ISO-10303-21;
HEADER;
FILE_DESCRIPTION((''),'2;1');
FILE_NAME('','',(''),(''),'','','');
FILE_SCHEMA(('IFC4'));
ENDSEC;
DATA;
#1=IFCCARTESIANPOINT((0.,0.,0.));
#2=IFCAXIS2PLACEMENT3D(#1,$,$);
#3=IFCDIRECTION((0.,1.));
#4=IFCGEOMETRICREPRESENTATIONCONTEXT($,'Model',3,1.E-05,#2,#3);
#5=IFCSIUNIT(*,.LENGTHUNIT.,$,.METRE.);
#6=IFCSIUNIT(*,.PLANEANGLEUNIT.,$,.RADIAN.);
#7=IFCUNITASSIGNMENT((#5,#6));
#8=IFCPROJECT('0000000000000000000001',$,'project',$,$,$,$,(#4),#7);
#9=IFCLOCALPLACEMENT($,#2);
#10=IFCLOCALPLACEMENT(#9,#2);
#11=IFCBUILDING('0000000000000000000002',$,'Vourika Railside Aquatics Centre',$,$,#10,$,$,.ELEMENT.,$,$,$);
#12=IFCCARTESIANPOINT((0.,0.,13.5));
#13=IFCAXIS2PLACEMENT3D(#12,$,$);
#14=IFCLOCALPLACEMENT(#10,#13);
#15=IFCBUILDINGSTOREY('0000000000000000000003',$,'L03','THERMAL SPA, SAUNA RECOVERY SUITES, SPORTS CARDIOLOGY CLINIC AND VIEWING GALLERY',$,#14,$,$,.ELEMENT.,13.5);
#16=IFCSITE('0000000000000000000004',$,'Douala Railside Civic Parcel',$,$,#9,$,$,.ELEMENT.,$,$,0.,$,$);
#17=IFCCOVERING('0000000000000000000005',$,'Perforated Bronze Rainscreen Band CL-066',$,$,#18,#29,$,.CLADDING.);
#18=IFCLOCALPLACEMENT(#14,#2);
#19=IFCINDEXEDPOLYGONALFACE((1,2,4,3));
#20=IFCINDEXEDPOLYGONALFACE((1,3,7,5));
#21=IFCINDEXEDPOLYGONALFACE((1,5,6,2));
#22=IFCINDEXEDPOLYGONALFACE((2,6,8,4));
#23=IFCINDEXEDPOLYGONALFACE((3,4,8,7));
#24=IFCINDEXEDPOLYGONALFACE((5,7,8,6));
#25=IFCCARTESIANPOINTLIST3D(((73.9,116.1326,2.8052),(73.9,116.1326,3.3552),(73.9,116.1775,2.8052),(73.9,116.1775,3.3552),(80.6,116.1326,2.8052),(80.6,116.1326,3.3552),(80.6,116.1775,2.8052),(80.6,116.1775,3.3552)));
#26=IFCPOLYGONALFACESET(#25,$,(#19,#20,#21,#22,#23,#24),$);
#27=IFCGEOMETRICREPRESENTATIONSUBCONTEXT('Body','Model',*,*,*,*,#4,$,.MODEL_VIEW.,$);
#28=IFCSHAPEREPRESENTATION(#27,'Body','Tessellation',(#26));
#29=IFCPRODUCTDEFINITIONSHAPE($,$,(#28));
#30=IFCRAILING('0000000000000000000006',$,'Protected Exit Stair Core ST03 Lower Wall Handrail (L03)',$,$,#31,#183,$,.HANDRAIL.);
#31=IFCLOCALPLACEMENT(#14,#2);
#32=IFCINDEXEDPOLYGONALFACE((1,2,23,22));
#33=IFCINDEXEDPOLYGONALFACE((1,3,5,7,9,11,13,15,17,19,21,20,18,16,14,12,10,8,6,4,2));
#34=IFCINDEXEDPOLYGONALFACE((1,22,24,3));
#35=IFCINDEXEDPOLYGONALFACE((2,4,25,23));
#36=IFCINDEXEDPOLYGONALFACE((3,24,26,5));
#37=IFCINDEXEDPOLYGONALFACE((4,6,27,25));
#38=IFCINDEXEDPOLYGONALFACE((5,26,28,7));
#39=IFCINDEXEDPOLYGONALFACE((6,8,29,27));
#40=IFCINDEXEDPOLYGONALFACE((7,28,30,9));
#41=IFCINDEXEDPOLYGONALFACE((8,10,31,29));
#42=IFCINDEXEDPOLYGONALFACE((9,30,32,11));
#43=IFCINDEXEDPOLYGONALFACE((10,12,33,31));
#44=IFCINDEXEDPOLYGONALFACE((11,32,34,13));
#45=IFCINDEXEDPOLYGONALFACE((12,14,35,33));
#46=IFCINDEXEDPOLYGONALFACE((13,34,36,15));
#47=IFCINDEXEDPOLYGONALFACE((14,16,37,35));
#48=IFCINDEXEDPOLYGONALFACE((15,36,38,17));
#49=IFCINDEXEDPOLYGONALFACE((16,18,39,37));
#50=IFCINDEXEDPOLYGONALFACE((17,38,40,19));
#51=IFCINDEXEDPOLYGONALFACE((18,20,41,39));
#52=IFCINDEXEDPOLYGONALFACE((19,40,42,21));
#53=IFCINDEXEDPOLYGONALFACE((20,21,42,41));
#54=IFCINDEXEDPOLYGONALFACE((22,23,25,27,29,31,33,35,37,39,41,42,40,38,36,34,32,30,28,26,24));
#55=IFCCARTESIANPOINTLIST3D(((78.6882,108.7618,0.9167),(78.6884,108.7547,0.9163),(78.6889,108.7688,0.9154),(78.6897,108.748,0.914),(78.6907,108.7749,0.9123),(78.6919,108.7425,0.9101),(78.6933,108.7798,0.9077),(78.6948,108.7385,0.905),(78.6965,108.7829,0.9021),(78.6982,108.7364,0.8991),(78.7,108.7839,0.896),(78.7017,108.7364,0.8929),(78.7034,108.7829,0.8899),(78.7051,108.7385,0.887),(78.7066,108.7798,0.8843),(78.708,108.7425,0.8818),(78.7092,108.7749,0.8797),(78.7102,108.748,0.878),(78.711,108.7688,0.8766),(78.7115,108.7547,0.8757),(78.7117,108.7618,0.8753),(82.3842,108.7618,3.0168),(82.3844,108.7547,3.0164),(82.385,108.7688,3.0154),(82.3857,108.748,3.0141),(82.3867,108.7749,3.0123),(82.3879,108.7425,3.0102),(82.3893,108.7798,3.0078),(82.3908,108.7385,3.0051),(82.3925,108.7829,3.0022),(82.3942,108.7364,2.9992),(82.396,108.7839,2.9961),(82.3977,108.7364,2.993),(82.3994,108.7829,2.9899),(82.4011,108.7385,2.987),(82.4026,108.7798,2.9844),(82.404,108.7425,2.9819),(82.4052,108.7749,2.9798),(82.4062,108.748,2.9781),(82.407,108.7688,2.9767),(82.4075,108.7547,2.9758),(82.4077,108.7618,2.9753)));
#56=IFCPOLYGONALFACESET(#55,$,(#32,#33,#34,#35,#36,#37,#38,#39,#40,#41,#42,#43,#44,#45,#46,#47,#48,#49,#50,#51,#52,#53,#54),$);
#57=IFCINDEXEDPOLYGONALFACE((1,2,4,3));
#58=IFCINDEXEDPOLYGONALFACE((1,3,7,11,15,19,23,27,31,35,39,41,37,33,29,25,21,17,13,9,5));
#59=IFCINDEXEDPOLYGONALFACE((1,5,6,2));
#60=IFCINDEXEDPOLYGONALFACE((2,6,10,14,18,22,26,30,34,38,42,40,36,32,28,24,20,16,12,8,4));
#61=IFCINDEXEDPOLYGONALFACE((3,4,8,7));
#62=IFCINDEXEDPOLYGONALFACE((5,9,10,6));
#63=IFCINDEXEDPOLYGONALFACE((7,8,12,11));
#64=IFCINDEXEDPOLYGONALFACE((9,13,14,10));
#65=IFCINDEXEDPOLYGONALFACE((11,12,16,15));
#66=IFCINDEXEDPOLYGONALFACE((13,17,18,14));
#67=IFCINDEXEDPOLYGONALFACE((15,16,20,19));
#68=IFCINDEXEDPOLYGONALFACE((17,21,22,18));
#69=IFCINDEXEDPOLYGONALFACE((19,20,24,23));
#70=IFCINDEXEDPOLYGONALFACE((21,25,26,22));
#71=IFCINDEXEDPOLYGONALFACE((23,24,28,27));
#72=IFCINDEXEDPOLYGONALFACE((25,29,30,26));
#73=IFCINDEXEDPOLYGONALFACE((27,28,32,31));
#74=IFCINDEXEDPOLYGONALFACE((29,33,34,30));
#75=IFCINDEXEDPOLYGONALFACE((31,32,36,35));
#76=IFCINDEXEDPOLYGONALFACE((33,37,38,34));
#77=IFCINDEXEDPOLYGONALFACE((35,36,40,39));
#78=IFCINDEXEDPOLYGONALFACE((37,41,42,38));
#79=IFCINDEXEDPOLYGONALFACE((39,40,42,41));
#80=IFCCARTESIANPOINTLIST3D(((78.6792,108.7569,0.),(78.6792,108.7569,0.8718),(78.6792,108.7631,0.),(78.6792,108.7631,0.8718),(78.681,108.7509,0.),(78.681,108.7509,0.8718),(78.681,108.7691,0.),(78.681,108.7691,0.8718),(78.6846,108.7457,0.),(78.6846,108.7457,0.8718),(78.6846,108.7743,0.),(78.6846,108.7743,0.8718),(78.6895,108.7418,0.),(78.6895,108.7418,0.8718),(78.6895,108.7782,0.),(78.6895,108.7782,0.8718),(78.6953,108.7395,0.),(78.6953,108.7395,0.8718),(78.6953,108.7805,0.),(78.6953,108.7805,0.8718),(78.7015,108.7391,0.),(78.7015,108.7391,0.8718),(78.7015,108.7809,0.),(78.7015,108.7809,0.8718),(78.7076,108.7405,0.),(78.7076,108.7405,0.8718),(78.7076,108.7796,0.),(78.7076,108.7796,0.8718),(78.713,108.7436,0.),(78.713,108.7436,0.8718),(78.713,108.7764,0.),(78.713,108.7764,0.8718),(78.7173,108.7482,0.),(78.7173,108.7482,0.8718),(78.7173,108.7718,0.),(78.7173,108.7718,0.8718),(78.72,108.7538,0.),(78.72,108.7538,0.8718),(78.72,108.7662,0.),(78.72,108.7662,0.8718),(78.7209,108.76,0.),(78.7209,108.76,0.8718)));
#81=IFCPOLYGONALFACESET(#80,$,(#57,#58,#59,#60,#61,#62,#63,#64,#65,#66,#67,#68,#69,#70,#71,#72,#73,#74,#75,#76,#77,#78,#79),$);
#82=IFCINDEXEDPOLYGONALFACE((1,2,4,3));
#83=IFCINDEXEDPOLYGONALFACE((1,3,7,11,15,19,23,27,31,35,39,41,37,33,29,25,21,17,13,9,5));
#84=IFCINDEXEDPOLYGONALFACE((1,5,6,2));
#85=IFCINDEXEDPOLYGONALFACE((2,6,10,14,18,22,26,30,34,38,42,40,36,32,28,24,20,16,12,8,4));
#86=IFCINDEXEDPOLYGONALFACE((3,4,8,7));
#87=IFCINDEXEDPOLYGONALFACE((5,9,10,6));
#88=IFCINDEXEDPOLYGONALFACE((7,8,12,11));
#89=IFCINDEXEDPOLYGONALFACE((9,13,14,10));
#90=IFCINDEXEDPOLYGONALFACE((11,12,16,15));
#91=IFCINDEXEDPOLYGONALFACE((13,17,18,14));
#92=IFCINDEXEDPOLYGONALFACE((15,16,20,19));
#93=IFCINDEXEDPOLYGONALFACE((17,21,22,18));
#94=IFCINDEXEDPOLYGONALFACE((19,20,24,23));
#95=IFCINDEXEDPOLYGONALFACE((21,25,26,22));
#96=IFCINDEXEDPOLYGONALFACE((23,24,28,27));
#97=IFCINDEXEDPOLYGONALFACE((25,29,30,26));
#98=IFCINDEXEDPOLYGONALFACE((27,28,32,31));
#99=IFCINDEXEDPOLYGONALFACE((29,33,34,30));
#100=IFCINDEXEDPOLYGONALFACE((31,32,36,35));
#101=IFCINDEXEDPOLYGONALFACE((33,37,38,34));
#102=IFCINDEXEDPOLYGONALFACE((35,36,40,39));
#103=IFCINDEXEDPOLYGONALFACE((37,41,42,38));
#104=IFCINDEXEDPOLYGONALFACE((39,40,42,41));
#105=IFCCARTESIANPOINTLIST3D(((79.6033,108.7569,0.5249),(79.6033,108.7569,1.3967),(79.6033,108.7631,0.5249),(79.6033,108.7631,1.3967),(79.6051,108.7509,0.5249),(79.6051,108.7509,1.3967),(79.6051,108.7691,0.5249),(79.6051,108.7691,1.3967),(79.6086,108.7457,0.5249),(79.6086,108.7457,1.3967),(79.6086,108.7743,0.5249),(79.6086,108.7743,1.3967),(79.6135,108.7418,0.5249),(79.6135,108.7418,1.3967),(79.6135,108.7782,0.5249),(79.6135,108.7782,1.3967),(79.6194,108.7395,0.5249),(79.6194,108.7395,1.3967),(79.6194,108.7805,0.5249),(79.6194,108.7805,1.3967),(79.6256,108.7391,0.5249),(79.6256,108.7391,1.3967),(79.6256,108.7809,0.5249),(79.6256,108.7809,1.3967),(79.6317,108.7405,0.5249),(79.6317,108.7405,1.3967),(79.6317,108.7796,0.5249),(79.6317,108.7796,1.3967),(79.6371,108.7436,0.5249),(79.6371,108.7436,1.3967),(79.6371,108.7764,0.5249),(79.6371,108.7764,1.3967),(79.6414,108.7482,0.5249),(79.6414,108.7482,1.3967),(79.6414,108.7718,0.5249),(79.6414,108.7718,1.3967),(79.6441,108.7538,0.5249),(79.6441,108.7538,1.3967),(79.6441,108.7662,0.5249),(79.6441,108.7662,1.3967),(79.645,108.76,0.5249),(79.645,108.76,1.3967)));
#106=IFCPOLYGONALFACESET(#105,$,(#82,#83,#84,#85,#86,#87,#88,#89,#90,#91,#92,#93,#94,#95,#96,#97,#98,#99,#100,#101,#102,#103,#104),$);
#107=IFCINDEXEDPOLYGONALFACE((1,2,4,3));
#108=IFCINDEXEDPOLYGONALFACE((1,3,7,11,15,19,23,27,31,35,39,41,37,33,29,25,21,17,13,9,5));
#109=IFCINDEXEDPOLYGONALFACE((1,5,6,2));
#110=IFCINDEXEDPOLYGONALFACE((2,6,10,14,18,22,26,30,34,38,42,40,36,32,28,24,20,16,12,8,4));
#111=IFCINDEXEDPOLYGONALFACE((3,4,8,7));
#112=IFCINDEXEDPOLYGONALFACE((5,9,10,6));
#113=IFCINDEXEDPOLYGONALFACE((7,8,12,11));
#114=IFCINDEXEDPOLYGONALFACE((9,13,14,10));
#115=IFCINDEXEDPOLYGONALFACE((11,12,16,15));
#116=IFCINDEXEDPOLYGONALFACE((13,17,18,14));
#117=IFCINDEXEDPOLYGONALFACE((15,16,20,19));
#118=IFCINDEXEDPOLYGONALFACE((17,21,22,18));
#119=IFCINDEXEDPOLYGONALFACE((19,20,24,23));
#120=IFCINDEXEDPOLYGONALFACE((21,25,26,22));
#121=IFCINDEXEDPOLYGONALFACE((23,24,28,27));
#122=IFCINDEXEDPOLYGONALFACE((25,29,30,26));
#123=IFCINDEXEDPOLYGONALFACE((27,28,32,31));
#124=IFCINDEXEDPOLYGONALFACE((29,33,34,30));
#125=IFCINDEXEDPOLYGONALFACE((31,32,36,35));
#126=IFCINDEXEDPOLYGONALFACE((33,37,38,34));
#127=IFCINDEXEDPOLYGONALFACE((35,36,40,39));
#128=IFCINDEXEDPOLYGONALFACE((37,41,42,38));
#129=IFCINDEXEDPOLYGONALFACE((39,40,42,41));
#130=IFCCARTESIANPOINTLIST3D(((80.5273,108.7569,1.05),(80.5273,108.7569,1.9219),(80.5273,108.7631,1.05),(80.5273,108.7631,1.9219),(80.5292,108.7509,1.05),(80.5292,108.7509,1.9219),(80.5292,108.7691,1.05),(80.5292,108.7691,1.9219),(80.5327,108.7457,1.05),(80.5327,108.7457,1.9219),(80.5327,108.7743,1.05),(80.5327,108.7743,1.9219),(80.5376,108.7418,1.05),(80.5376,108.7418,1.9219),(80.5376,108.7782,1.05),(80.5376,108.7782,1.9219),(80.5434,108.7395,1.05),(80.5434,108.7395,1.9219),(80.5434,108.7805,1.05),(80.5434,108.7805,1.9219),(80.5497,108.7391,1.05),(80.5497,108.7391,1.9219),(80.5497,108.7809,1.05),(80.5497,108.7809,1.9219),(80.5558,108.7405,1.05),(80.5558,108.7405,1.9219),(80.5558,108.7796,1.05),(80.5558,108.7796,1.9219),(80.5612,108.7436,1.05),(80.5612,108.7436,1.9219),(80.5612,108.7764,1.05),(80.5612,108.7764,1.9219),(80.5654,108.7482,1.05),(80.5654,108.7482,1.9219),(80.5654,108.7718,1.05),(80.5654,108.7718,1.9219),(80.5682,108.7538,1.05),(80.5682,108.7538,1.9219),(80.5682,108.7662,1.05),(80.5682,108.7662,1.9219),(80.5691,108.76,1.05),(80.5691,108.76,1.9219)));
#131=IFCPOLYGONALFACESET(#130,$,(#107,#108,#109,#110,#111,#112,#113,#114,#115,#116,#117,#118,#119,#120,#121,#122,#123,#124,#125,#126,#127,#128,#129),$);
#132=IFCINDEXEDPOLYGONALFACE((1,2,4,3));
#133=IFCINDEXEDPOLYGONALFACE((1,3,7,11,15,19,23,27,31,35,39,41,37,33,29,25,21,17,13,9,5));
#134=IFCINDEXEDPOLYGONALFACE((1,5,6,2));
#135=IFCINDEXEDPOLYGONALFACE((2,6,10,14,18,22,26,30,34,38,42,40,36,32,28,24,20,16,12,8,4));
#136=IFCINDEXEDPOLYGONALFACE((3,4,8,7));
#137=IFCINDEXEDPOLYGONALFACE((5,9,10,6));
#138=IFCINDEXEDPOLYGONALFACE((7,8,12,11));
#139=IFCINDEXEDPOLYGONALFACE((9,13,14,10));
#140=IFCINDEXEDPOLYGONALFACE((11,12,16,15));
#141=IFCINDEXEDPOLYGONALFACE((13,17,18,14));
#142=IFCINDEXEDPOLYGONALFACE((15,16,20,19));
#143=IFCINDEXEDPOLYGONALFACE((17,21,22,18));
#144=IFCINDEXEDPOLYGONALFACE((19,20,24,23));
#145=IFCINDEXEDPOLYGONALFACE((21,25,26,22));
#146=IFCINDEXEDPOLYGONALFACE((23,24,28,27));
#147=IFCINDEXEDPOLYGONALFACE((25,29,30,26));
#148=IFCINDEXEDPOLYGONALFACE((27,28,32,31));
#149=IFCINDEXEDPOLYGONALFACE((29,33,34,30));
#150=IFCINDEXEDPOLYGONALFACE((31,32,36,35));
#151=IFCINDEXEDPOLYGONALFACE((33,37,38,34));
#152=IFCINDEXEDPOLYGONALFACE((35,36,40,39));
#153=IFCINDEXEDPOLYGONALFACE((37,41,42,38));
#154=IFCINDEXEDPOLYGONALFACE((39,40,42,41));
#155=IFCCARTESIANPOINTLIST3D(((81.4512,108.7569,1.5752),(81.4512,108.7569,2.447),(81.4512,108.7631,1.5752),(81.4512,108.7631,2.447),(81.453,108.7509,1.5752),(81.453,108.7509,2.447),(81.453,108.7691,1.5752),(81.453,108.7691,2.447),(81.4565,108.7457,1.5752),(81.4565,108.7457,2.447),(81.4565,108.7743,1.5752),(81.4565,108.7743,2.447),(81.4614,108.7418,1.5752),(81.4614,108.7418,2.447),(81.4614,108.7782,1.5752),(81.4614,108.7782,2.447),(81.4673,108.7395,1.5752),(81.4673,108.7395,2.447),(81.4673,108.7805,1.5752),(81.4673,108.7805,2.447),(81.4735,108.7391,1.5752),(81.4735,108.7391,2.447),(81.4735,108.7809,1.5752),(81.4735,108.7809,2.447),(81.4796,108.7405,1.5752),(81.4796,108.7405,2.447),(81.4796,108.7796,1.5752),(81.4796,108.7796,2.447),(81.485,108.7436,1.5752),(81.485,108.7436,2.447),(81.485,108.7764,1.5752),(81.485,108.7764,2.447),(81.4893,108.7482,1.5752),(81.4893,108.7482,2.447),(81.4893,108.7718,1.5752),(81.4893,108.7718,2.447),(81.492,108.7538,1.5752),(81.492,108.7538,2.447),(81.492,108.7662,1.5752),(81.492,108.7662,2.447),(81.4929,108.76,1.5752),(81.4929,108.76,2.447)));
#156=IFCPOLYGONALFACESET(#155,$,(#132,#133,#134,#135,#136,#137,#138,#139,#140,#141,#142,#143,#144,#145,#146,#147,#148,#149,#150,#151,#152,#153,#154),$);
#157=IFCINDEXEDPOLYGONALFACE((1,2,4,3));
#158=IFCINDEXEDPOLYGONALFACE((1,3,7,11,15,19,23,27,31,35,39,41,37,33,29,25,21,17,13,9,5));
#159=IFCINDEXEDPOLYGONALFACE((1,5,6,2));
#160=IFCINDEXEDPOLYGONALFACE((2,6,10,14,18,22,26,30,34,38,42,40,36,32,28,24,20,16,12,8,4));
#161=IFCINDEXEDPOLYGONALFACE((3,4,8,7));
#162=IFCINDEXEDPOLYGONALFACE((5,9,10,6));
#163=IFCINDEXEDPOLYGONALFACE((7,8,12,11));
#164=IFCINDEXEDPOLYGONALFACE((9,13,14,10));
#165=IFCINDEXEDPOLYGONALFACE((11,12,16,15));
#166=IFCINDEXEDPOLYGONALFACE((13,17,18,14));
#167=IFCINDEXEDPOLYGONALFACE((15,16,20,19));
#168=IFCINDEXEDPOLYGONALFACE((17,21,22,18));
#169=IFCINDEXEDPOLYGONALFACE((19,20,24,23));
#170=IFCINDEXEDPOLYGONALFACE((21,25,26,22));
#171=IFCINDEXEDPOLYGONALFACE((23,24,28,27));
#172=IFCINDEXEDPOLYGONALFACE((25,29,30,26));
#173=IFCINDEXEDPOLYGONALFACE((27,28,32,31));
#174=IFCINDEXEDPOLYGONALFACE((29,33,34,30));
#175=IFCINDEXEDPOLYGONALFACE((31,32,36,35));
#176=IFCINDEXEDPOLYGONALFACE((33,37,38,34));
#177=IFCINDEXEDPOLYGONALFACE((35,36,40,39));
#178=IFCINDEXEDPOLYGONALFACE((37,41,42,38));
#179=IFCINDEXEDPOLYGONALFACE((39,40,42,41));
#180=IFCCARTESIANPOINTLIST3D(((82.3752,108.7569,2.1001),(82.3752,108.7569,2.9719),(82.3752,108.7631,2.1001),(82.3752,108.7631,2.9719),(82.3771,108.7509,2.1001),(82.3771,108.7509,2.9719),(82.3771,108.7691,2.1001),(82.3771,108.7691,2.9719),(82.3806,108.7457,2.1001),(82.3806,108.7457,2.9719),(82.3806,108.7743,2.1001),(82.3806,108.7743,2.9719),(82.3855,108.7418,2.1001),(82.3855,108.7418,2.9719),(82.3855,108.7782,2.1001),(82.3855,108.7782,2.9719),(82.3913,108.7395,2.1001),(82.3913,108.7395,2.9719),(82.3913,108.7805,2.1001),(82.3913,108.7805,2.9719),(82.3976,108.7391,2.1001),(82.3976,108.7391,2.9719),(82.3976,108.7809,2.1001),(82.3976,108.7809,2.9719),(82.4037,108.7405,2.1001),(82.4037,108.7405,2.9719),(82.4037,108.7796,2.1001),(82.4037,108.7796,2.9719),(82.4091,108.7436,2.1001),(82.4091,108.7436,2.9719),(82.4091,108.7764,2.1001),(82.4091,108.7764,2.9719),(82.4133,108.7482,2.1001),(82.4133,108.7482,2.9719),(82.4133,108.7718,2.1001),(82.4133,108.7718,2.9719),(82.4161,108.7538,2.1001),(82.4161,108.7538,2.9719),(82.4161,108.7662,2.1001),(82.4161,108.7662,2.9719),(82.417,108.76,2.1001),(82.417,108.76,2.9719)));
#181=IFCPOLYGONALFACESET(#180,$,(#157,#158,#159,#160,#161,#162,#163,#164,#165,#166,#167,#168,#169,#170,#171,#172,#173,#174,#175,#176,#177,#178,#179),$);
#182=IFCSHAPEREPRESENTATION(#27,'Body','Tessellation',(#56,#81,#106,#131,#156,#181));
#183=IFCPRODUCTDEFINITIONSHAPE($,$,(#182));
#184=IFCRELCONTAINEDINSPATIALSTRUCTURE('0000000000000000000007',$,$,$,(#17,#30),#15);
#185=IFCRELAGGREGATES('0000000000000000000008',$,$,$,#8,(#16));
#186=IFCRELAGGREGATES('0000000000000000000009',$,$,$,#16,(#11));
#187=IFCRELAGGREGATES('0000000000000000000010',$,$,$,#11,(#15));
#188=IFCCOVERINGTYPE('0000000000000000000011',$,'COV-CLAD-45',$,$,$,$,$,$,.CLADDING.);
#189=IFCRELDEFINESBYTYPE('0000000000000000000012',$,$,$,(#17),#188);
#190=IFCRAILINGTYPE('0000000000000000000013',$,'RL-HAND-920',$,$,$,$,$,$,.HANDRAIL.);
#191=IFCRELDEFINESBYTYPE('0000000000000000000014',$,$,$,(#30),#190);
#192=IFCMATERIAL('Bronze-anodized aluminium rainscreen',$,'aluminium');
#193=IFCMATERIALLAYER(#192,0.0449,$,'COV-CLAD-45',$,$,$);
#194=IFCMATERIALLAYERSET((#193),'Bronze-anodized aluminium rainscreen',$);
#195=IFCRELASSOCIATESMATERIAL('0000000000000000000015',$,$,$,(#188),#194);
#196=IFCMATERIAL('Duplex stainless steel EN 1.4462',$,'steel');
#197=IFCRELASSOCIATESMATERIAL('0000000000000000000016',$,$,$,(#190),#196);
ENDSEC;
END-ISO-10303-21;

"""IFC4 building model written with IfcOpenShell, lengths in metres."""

from ifc_helpers import new_model, si_unit, direction, frame, origin, origin_2d, place, context, subcontext, project, spatial, rectangle, circle, extrude, material, layer, layer_set, type_object, element, save


model = new_model("IFC4")

# Units and contexts
model_context = context("Model", 3, precision=1e-05, world=origin(), true_north=direction((0.0, 1.0)))
body_context = subcontext(model_context, "Body", "Model", "MODEL_VIEW")
ifc_project = project(units=[si_unit("LENGTHUNIT", "METRE"), si_unit("PLANEANGLEUNIT", "RADIAN")], contexts=[model_context])

# Site, building, storey
site_placement = place(None, origin())
site = spatial("IfcSite", under=ifc_project, at=site_placement, Name="Douala Railside Civic Parcel", CompositionType="ELEMENT", RefElevation=0.0)
building_placement = place(site_placement, origin())
building = spatial("IfcBuilding", under=site, at=building_placement, Name="Vourika Railside Aquatics Centre", CompositionType="ELEMENT")
storey_placement = place(building_placement, frame((0.0, 0.0, 13.5)))
storey = spatial("IfcBuildingStorey", under=building, at=storey_placement, Name="L03", Description="THERMAL SPA, SAUNA RECOVERY SUITES, SPORTS CARDIOLOGY CLINIC AND VIEWING GALLERY", CompositionType="ELEMENT", Elevation=13.5)

# Covering
ifc_material_1 = material(Name="Bronze-anodized aluminium rainscreen", Category="aluminium")
ifc_layer_1 = layer(ifc_material_1, 0.0449, Name="COV-CLAD-45")
ifc_layer_set_1 = layer_set([ifc_layer_1], Name="Bronze-anodized aluminium rainscreen")
covering_type = type_object("IfcCoveringType", Name="COV-CLAD-45", PredefinedType="CLADDING", material=ifc_layer_set_1)
covering_placement = place(storey_placement, frame((77.25, 116.155, 2.8052), z_axis=(0.0, 0.0, 1.0), x_axis=(-1.0, 0.0, 0.0)))
element("IfcCovering", 1, at=covering_placement, inside=storey, type_object=covering_type, Name="Perforated Bronze Rainscreen Band CL-066", PredefinedType="CLADDING", context=body_context, shape_type="SweptSolid", body=[
    extrude(rectangle(XDim=6.7, YDim=0.0449, at=origin_2d()), origin(), (0.0, 0.0, 1.0), 0.55),
])

# Railing
ifc_material_2 = material(Name="Duplex stainless steel EN 1.4462", Category="steel")
railing_type_1 = type_object("IfcRailingType", Name="RL-HAND-920", PredefinedType="HANDRAIL", material=ifc_material_2)
railing_1_placement = place(storey_placement, frame((78.7, 108.76, 0.0)))
element("IfcRailing", 2, at=railing_1_placement, inside=storey, type_object=railing_type_1, Name="Protected Exit Stair Core ST03 Lower Wall Handrail (L03)", PredefinedType="HANDRAIL", context=body_context, shape_type="SweptSolid", body=[
    extrude(circle(Radius=0.0239, at=origin_2d()), frame((0.0, 0.0, 0.896), z_axis=(0.869449, 0.0, 0.494022), x_axis=(0.0, 1.0, 0.0)), (0.0, 0.0, 1.0), 4.251),
    extrude(circle(Radius=0.021, at=origin_2d()), origin(), (0.0, 0.0, 1.0), 0.8718),
    extrude(circle(Radius=0.021, at=origin_2d()), frame((0.9241, 0.0, 0.5249)), (0.0, 0.0, 1.0), 0.8718),
    extrude(circle(Radius=0.021, at=origin_2d()), frame((1.8481, 0.0, 1.05)), (0.0, 0.0, 1.0), 0.8718),
    extrude(circle(Radius=0.021, at=origin_2d()), frame((2.772, 0.0, 1.5752)), (0.0, 0.0, 1.0), 0.8718),
    extrude(circle(Radius=0.021, at=origin_2d()), frame((3.696, 0.0, 2.1001)), (0.0, 0.0, 1.0), 0.8718),
])

save(model, "model.ifc")
